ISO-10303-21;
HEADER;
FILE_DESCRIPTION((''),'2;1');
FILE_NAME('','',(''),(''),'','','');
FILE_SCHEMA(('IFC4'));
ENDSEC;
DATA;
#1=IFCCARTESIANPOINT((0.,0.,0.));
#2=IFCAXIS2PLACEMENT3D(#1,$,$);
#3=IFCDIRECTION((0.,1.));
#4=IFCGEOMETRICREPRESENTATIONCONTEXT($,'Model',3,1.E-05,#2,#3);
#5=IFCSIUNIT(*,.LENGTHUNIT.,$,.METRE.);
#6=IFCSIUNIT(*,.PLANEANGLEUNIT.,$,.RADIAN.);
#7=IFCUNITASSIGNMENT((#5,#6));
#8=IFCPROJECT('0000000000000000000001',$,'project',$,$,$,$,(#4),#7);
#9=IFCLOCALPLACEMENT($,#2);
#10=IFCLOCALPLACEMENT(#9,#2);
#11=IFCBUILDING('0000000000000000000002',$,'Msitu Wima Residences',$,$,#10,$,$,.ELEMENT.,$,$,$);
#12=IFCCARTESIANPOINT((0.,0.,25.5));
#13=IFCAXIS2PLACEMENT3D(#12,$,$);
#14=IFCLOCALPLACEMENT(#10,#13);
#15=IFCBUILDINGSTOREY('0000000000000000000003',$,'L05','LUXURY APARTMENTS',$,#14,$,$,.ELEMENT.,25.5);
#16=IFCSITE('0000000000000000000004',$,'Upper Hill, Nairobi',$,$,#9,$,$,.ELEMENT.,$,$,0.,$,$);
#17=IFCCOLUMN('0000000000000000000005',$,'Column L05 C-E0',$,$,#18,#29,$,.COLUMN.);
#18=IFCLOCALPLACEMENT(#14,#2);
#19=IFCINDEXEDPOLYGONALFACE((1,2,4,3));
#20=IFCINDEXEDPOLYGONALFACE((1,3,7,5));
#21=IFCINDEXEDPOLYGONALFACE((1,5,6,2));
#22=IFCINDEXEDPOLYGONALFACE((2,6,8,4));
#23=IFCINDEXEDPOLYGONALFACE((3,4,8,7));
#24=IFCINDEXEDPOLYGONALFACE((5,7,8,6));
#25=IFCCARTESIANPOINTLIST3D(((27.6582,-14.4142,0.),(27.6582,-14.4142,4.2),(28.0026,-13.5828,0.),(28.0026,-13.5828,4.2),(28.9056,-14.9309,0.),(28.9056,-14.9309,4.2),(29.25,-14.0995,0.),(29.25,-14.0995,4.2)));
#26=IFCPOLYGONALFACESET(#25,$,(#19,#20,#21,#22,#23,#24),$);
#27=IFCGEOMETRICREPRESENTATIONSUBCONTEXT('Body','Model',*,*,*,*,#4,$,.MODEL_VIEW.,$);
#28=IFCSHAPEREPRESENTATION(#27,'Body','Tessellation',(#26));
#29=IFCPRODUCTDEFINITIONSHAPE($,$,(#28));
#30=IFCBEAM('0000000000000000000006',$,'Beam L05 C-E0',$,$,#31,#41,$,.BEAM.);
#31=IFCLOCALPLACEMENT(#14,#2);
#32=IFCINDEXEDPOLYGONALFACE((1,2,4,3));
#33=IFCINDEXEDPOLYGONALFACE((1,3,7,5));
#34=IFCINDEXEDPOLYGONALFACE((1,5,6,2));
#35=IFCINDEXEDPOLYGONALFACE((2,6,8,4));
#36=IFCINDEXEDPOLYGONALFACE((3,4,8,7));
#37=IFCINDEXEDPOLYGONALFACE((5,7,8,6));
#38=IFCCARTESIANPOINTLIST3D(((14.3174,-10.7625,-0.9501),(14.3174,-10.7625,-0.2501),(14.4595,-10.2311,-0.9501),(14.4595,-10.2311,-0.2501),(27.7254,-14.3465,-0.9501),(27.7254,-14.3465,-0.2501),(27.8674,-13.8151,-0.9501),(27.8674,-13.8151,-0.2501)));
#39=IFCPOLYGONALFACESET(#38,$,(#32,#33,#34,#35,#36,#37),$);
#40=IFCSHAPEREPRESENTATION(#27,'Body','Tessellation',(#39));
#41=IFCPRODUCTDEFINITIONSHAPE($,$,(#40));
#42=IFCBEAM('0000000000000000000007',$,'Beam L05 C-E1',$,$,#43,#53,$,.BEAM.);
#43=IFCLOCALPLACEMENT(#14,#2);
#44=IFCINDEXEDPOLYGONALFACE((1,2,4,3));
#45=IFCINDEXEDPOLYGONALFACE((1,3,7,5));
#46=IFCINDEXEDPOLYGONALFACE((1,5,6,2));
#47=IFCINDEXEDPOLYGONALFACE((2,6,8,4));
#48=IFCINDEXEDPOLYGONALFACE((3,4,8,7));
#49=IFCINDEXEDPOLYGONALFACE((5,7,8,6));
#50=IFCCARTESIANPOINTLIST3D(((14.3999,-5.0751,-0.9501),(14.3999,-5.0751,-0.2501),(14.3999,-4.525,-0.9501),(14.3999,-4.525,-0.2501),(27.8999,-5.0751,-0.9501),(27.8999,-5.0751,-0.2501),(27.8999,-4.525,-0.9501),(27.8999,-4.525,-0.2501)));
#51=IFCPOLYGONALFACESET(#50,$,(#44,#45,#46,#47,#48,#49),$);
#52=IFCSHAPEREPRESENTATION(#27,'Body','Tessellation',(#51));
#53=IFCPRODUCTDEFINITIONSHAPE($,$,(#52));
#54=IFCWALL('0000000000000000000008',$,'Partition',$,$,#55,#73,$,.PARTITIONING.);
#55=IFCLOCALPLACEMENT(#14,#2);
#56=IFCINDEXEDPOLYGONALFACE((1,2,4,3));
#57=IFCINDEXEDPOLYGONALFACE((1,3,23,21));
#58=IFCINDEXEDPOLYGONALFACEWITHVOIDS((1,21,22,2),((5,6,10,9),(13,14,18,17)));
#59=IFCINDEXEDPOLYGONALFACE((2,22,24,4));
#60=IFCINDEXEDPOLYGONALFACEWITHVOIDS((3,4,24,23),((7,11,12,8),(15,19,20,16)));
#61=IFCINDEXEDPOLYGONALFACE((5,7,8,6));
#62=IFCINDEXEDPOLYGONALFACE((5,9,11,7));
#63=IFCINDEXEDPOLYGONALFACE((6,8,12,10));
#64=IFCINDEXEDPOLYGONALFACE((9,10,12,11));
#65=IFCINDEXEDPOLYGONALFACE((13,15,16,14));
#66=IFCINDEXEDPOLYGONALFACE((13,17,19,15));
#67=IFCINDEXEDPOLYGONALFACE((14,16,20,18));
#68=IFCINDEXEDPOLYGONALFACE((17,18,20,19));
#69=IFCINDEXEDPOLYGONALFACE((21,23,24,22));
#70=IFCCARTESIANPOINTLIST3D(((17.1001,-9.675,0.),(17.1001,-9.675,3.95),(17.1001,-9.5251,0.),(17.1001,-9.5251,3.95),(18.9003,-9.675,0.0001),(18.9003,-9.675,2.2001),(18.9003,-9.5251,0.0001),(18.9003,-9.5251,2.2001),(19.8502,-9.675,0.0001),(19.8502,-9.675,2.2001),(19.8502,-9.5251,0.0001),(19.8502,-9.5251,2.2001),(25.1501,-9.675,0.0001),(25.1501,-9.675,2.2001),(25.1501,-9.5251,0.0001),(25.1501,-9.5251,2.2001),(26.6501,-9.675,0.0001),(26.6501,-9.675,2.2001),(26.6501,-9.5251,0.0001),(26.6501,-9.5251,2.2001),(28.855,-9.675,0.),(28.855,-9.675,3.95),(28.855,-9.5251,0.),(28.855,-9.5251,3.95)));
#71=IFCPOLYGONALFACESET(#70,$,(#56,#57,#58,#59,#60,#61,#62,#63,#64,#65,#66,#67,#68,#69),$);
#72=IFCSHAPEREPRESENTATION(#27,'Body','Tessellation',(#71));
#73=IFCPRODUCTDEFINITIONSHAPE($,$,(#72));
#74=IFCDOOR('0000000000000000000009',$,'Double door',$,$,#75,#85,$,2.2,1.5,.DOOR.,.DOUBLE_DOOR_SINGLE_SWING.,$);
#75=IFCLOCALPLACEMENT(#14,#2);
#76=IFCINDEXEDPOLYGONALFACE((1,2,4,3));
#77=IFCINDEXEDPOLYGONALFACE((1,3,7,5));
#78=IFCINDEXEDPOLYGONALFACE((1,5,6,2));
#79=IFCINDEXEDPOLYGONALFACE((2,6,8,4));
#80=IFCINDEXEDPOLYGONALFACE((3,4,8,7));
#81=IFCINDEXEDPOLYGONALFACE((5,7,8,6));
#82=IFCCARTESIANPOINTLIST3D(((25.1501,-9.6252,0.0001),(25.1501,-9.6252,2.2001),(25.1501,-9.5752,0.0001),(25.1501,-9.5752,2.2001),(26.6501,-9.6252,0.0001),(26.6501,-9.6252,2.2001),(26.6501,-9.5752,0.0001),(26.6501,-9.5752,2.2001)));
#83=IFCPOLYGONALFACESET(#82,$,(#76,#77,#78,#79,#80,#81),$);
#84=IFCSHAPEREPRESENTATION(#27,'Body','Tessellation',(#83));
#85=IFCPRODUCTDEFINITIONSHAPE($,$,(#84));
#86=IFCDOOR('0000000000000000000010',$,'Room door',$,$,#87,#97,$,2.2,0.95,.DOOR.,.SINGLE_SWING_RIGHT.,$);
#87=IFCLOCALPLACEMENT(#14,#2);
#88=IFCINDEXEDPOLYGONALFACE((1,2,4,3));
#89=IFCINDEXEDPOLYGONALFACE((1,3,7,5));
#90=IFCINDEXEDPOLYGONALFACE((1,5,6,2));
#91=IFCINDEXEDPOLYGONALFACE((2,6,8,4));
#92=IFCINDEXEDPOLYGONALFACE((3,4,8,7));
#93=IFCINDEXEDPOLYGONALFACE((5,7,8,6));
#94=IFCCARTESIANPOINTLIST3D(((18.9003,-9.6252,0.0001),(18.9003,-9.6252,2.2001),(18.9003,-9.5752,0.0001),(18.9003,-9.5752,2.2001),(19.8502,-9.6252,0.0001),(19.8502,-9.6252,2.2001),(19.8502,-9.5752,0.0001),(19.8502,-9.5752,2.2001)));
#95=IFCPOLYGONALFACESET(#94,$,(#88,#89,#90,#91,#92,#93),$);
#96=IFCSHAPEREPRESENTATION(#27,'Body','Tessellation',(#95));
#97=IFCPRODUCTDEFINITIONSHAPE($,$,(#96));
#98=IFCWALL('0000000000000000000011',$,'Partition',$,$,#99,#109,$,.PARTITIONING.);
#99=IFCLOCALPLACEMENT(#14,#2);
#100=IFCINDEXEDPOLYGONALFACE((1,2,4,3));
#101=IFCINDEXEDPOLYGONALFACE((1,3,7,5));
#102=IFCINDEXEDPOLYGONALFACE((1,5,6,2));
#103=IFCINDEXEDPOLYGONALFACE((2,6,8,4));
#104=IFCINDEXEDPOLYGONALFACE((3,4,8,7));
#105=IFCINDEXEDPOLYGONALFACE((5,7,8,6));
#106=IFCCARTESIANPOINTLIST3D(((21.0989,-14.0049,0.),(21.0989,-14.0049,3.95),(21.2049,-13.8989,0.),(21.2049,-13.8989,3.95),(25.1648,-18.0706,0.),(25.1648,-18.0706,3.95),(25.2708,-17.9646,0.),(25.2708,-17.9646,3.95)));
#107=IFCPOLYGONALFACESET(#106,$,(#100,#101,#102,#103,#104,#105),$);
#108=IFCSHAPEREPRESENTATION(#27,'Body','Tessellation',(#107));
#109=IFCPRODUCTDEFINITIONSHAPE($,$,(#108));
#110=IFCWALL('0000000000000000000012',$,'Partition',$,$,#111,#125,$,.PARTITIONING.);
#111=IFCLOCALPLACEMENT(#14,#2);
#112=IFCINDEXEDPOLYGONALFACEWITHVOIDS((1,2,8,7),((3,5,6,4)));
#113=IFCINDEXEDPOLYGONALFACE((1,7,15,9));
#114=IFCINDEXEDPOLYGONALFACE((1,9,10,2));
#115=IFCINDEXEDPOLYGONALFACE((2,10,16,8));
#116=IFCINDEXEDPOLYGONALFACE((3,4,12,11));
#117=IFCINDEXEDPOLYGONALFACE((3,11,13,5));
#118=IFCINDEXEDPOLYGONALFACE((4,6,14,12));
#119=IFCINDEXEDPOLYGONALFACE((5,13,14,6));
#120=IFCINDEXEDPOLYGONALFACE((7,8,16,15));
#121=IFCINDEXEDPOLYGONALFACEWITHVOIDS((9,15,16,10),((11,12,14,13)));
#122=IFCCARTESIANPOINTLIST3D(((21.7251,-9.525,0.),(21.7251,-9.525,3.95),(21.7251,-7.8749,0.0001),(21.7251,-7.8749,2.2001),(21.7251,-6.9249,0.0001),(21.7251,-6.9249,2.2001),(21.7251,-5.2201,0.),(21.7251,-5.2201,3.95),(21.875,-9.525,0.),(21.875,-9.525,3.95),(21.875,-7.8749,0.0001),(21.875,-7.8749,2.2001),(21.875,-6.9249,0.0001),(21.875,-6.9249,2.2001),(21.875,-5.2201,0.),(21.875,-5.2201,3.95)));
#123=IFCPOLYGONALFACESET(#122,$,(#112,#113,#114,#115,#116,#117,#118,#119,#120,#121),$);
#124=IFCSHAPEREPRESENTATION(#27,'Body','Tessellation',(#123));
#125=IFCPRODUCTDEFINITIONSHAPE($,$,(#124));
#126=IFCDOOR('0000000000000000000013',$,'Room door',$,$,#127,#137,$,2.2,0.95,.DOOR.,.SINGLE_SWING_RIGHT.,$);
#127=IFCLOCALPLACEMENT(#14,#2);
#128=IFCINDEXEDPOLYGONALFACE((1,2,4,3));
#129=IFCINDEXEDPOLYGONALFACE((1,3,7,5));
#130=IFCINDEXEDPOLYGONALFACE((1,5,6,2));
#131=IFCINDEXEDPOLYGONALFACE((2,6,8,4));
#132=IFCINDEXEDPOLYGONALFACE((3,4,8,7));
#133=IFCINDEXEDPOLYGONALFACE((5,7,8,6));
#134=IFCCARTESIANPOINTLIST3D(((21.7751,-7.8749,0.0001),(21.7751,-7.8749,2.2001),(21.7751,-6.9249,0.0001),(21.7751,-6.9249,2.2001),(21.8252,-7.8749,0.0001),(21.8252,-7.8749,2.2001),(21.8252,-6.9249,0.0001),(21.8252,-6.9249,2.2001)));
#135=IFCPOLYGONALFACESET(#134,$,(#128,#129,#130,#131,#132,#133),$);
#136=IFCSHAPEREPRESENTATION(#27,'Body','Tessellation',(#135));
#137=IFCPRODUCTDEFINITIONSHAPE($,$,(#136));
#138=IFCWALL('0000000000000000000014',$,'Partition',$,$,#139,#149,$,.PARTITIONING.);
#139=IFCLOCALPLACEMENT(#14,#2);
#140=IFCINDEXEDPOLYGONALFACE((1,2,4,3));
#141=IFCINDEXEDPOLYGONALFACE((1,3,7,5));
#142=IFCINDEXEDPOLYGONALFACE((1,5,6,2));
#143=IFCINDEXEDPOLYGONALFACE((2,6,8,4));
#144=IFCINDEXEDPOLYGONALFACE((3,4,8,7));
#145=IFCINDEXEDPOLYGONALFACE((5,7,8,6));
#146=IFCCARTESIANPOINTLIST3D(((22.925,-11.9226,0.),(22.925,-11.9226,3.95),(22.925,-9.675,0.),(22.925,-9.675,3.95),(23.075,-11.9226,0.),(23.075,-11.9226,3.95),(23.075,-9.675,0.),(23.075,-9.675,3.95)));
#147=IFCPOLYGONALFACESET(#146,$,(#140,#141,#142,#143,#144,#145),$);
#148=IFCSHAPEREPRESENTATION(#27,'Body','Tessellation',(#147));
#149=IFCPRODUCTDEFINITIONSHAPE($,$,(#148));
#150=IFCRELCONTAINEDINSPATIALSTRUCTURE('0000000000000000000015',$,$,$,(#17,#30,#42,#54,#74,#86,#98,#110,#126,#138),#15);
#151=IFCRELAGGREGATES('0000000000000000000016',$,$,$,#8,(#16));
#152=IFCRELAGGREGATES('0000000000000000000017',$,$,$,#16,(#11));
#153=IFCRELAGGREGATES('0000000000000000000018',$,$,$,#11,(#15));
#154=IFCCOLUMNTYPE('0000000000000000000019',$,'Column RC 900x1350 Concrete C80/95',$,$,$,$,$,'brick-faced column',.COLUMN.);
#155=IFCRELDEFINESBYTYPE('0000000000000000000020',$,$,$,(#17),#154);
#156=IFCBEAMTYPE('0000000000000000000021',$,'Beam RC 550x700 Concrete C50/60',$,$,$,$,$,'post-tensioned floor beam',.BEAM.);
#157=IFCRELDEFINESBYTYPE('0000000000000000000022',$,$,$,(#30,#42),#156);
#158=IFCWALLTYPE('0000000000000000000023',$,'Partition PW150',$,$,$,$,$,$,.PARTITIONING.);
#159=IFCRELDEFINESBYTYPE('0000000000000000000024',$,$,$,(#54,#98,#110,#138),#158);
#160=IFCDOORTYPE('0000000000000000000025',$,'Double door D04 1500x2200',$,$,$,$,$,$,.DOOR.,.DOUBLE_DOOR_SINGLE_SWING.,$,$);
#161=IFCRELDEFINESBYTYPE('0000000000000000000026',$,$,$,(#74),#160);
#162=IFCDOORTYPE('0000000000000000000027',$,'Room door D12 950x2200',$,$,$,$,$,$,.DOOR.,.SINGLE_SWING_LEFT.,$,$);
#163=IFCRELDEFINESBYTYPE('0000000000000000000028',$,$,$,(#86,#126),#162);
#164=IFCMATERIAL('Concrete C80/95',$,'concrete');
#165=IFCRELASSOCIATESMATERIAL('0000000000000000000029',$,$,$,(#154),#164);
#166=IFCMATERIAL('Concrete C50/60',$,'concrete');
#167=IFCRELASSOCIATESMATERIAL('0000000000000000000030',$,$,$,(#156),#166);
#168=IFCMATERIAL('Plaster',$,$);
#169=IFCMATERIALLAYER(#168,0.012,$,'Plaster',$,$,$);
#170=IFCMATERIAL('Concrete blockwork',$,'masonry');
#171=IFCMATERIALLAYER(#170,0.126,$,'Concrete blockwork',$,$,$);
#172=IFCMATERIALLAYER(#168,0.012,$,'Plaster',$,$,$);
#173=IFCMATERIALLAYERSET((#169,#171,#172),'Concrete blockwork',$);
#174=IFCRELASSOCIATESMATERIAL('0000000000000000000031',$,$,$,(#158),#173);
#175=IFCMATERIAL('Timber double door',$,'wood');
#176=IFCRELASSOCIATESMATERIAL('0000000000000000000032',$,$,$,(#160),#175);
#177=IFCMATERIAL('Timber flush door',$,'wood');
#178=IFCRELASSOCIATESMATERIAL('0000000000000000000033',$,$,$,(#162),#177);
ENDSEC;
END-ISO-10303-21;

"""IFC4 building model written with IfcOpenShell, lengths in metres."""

from ifc_helpers import new_model, si_unit, direction, frame, frame_2d, origin, origin_2d, place, context, subcontext, project, spatial, rectangle, extrude, material, layer, layer_set, material_profile, profile_set, type_object, element, fill, save


model = new_model("IFC4")

# Units and contexts
model_context = context("Model", 3, precision=1e-05, world=origin(), true_north=direction((0.0, 1.0)))
body_context = subcontext(model_context, "Body", "Model", "MODEL_VIEW")
ifc_project = project(units=[si_unit("LENGTHUNIT", "METRE"), si_unit("PLANEANGLEUNIT", "RADIAN")], contexts=[model_context])

# Site, building, storey
site_placement = place(None, origin())
site = spatial("IfcSite", under=ifc_project, at=site_placement, Name="Upper Hill, Nairobi", CompositionType="ELEMENT", RefElevation=0.0)
building_placement = place(site_placement, origin())
building = spatial("IfcBuilding", under=site, at=building_placement, Name="Msitu Wima Residences", CompositionType="ELEMENT")
storey_placement = place(building_placement, frame((0.0, 0.0, 25.5)))
storey = spatial("IfcBuildingStorey", under=building, at=storey_placement, Name="L05", Description="LUXURY APARTMENTS", CompositionType="ELEMENT", Elevation=25.5)

# Column
ifc_material_1 = material(Name="Concrete C80/95", Category="concrete")
ifc_material_profile_1 = material_profile(ifc_material_1, rectangle(XDim=0.8999, YDim=1.3501, at=origin_2d()), Name="RC 900x1350")
ifc_profile_set_1 = profile_set([ifc_material_profile_1], Name="Concrete C80/95")
column_type = type_object("IfcColumnType", Name="Column RC 900x1350 Concrete C80/95", ElementType="brick-faced column", PredefinedType="COLUMN", material=ifc_profile_set_1)
column_placement = place(storey_placement, frame((28.4541, -14.2568, 0.0), z_axis=(0.0, 0.0, 1.0), x_axis=(0.382683, 0.92388, 0.0)))
element("IfcColumn", 1, at=column_placement, inside=storey, type_object=column_type, Name="Column L05 C-E0", PredefinedType="COLUMN", context=body_context, shape_type="SweptSolid", body=[
    extrude(rectangle(XDim=0.8999, YDim=1.3501, at=origin_2d()), origin(), (0.0, 0.0, 1.0), 4.2),
])

# Beams
ifc_material_2 = material(Name="Concrete C50/60", Category="concrete")
ifc_material_profile_2 = material_profile(ifc_material_2, rectangle(XDim=0.55, YDim=0.7, at=origin_2d()), Name="RC 550x700")
ifc_profile_set_2 = profile_set([ifc_material_profile_2], Name="Concrete C50/60")
beam_type = type_object("IfcBeamType", Name="Beam RC 550x700 Concrete C50/60", ElementType="post-tensioned floor beam", PredefinedType="BEAM", material=ifc_profile_set_2)
beam_1_placement = place(storey_placement, frame((27.7964, -14.0808, -0.6001), z_axis=(-0.966082, 0.258236, 0.0), x_axis=(-0.258236, -0.966082, 0.0)))
element("IfcBeam", 2, at=beam_1_placement, inside=storey, type_object=beam_type, Name="Beam L05 C-E0", PredefinedType="BEAM", context=body_context, shape_type="SweptSolid", body=[
    extrude(rectangle(XDim=0.55, YDim=0.7, at=origin_2d()), origin(), (0.0, 0.0, 1.0), 13.8787),
])
beam_2_placement = place(storey_placement, frame((27.8999, -4.8, -0.6001), z_axis=(-1.0, 0.0, 0.0), x_axis=(0.0, -1.0, 0.0)))
element("IfcBeam", 3, at=beam_2_placement, inside=storey, type_object=beam_type, Name="Beam L05 C-E1", PredefinedType="BEAM", context=body_context, shape_type="SweptSolid", body=[
    extrude(rectangle(XDim=0.55, YDim=0.7, at=origin_2d()), origin(), (0.0, 0.0, 1.0), 13.5),
])

# Wall, openings, doors
ifc_material_3 = material(Name="Plaster")
ifc_layer_1 = layer(ifc_material_3, 0.012, Name="Plaster")
ifc_material_4 = material(Name="Concrete blockwork", Category="masonry")
ifc_layer_2 = layer(ifc_material_4, 0.126, Name="Concrete blockwork")
ifc_layer_3 = layer(ifc_material_3, 0.012, Name="Plaster")
ifc_layer_set_1 = layer_set([ifc_layer_1, ifc_layer_2, ifc_layer_3], Name="Concrete blockwork")
wall_type_1 = type_object("IfcWallType", Name="Partition PW150", PredefinedType="PARTITIONING", material=ifc_layer_set_1)
wall_1_placement = place(storey_placement, frame((17.1001, -9.6001, 0.0), z_axis=(0.0, 0.0, 1.0), x_axis=(1.0, 0.0, 0.0)))
wall_1 = element("IfcWall", 4, at=wall_1_placement, inside=storey, type_object=wall_type_1, Name="Partition", PredefinedType="PARTITIONING", context=body_context, shape_type="SweptSolid", body=[
    extrude(rectangle(XDim=11.7549, YDim=0.1499, at=frame_2d((5.8774, 0.0))), origin(), (0.0, 0.0, 1.0), 3.95),
])
opening_1_placement = place(wall_1_placement, frame((1.8, 0.0, 0.0)))
opening_1 = element("IfcOpeningElement", 5, at=opening_1_placement, cuts=wall_1, PredefinedType="OPENING", context=body_context, shape_type="SweptSolid", body=[
    extrude(rectangle(XDim=0.95, YDim=2.2, at=frame_2d((0.4751, 1.1001))), frame((0.0, 0.085, 0.0), z_axis=(0.0, -1.0, 0.0), x_axis=(1.0, 0.0, 0.0)), (0.0, 0.0, 1.0), 0.1699),
])
opening_2_placement = place(wall_1_placement, frame((8.05, 0.0, 0.0)))
opening_2 = element("IfcOpeningElement", 6, at=opening_2_placement, cuts=wall_1, PredefinedType="OPENING", context=body_context, shape_type="SweptSolid", body=[
    extrude(rectangle(XDim=1.5, YDim=2.2, at=frame_2d((0.75, 1.1001))), frame((0.0, 0.085, 0.0), z_axis=(0.0, -1.0, 0.0), x_axis=(1.0, 0.0, 0.0)), (0.0, 0.0, 1.0), 0.1699),
])
ifc_material_5 = material(Name="Timber double door", Category="wood")
door_type_1 = type_object("IfcDoorType", Name="Double door D04 1500x2200", OperationType="DOUBLE_DOOR_SINGLE_SWING", PredefinedType="DOOR", material=ifc_material_5)
door_1_placement = place(opening_2_placement, origin())
door_1 = element("IfcDoor", 7, at=door_1_placement, inside=storey, type_object=door_type_1, Name="Double door", OperationType="DOUBLE_DOOR_SINGLE_SWING", OverallHeight=2.2, OverallWidth=1.5, PredefinedType="DOOR", context=body_context, shape_type="SweptSolid", body=[
    extrude(rectangle(XDim=1.5, YDim=2.2, at=frame_2d((0.75, 1.1001))), frame((0.0, 0.0249, 0.0), z_axis=(0.0, -1.0, 0.0), x_axis=(1.0, 0.0, 0.0)), (0.0, 0.0, 1.0), 0.05),
])
fill(opening_2, door_1)
ifc_material_6 = material(Name="Timber flush door", Category="wood")
door_type_2 = type_object("IfcDoorType", Name="Room door D12 950x2200", OperationType="SINGLE_SWING_LEFT", PredefinedType="DOOR", material=ifc_material_6)
door_2_placement = place(opening_1_placement, origin())
door_2 = element("IfcDoor", 8, at=door_2_placement, inside=storey, type_object=door_type_2, Name="Room door", OperationType="SINGLE_SWING_RIGHT", OverallHeight=2.2, OverallWidth=0.95, PredefinedType="DOOR", context=body_context, shape_type="SweptSolid", body=[
    extrude(rectangle(XDim=0.95, YDim=2.2, at=frame_2d((0.4751, 1.1001))), frame((0.0, 0.0249, 0.0), z_axis=(0.0, -1.0, 0.0), x_axis=(1.0, 0.0, 0.0)), (0.0, 0.0, 1.0), 0.05),
])
fill(opening_1, door_2)

# Wall
wall_2_placement = place(storey_placement, frame((21.1519, -13.9519, 0.0), z_axis=(0.0, 0.0, 1.0), x_axis=(0.707128, -0.707086, 0.0)))
element("IfcWall", 9, at=wall_2_placement, inside=storey, type_object=wall_type_1, Name="Partition", PredefinedType="PARTITIONING", context=body_context, shape_type="SweptSolid", body=[
    extrude(rectangle(XDim=5.75, YDim=0.1499, at=frame_2d((2.875, 0.0))), origin(), (0.0, 0.0, 1.0), 3.95),
])

# Wall, opening, door
wall_3_placement = place(storey_placement, frame((21.8, -9.5249, 0.0), z_axis=(0.0, 0.0, 1.0), x_axis=(0.0, 1.0, 0.0)))
wall_3 = element("IfcWall", 10, at=wall_3_placement, inside=storey, type_object=wall_type_1, Name="Partition", PredefinedType="PARTITIONING", context=body_context, shape_type="SweptSolid", body=[
    extrude(rectangle(XDim=4.3049, YDim=0.1499, at=frame_2d((2.1523, 0.0))), origin(), (0.0, 0.0, 1.0), 3.95),
])
opening_3_placement = place(wall_3_placement, frame((1.6499, 0.0, 0.0)))
opening_3 = element("IfcOpeningElement", 11, at=opening_3_placement, cuts=wall_3, PredefinedType="OPENING", context=body_context, shape_type="SweptSolid", body=[
    extrude(rectangle(XDim=0.95, YDim=2.2, at=frame_2d((0.4751, 1.1001))), frame((0.0, 0.085, 0.0), z_axis=(0.0, -1.0, 0.0), x_axis=(1.0, 0.0, 0.0)), (0.0, 0.0, 1.0), 0.1699),
])
door_3_placement = place(opening_3_placement, origin())
door_3 = element("IfcDoor", 12, at=door_3_placement, inside=storey, type_object=door_type_2, Name="Room door", OperationType="SINGLE_SWING_RIGHT", OverallHeight=2.2, OverallWidth=0.95, PredefinedType="DOOR", context=body_context, shape_type="SweptSolid", body=[
    extrude(rectangle(XDim=0.95, YDim=2.2, at=frame_2d((0.4751, 1.1001))), frame((0.0, 0.0249, 0.0), z_axis=(0.0, -1.0, 0.0), x_axis=(1.0, 0.0, 0.0)), (0.0, 0.0, 1.0), 0.05),
])
fill(opening_3, door_3)

# Wall
wall_4_placement = place(storey_placement, frame((23.0, -11.9226, 0.0), z_axis=(0.0, 0.0, 1.0), x_axis=(0.0, 1.0, 0.0)))
element("IfcWall", 13, at=wall_4_placement, inside=storey, type_object=wall_type_1, Name="Partition", PredefinedType="PARTITIONING", context=body_context, shape_type="SweptSolid", body=[
    extrude(rectangle(XDim=2.2476, YDim=0.1499, at=frame_2d((1.1238, 0.0))), origin(), (0.0, 0.0, 1.0), 3.95),
])

save(model, "model.ifc")
